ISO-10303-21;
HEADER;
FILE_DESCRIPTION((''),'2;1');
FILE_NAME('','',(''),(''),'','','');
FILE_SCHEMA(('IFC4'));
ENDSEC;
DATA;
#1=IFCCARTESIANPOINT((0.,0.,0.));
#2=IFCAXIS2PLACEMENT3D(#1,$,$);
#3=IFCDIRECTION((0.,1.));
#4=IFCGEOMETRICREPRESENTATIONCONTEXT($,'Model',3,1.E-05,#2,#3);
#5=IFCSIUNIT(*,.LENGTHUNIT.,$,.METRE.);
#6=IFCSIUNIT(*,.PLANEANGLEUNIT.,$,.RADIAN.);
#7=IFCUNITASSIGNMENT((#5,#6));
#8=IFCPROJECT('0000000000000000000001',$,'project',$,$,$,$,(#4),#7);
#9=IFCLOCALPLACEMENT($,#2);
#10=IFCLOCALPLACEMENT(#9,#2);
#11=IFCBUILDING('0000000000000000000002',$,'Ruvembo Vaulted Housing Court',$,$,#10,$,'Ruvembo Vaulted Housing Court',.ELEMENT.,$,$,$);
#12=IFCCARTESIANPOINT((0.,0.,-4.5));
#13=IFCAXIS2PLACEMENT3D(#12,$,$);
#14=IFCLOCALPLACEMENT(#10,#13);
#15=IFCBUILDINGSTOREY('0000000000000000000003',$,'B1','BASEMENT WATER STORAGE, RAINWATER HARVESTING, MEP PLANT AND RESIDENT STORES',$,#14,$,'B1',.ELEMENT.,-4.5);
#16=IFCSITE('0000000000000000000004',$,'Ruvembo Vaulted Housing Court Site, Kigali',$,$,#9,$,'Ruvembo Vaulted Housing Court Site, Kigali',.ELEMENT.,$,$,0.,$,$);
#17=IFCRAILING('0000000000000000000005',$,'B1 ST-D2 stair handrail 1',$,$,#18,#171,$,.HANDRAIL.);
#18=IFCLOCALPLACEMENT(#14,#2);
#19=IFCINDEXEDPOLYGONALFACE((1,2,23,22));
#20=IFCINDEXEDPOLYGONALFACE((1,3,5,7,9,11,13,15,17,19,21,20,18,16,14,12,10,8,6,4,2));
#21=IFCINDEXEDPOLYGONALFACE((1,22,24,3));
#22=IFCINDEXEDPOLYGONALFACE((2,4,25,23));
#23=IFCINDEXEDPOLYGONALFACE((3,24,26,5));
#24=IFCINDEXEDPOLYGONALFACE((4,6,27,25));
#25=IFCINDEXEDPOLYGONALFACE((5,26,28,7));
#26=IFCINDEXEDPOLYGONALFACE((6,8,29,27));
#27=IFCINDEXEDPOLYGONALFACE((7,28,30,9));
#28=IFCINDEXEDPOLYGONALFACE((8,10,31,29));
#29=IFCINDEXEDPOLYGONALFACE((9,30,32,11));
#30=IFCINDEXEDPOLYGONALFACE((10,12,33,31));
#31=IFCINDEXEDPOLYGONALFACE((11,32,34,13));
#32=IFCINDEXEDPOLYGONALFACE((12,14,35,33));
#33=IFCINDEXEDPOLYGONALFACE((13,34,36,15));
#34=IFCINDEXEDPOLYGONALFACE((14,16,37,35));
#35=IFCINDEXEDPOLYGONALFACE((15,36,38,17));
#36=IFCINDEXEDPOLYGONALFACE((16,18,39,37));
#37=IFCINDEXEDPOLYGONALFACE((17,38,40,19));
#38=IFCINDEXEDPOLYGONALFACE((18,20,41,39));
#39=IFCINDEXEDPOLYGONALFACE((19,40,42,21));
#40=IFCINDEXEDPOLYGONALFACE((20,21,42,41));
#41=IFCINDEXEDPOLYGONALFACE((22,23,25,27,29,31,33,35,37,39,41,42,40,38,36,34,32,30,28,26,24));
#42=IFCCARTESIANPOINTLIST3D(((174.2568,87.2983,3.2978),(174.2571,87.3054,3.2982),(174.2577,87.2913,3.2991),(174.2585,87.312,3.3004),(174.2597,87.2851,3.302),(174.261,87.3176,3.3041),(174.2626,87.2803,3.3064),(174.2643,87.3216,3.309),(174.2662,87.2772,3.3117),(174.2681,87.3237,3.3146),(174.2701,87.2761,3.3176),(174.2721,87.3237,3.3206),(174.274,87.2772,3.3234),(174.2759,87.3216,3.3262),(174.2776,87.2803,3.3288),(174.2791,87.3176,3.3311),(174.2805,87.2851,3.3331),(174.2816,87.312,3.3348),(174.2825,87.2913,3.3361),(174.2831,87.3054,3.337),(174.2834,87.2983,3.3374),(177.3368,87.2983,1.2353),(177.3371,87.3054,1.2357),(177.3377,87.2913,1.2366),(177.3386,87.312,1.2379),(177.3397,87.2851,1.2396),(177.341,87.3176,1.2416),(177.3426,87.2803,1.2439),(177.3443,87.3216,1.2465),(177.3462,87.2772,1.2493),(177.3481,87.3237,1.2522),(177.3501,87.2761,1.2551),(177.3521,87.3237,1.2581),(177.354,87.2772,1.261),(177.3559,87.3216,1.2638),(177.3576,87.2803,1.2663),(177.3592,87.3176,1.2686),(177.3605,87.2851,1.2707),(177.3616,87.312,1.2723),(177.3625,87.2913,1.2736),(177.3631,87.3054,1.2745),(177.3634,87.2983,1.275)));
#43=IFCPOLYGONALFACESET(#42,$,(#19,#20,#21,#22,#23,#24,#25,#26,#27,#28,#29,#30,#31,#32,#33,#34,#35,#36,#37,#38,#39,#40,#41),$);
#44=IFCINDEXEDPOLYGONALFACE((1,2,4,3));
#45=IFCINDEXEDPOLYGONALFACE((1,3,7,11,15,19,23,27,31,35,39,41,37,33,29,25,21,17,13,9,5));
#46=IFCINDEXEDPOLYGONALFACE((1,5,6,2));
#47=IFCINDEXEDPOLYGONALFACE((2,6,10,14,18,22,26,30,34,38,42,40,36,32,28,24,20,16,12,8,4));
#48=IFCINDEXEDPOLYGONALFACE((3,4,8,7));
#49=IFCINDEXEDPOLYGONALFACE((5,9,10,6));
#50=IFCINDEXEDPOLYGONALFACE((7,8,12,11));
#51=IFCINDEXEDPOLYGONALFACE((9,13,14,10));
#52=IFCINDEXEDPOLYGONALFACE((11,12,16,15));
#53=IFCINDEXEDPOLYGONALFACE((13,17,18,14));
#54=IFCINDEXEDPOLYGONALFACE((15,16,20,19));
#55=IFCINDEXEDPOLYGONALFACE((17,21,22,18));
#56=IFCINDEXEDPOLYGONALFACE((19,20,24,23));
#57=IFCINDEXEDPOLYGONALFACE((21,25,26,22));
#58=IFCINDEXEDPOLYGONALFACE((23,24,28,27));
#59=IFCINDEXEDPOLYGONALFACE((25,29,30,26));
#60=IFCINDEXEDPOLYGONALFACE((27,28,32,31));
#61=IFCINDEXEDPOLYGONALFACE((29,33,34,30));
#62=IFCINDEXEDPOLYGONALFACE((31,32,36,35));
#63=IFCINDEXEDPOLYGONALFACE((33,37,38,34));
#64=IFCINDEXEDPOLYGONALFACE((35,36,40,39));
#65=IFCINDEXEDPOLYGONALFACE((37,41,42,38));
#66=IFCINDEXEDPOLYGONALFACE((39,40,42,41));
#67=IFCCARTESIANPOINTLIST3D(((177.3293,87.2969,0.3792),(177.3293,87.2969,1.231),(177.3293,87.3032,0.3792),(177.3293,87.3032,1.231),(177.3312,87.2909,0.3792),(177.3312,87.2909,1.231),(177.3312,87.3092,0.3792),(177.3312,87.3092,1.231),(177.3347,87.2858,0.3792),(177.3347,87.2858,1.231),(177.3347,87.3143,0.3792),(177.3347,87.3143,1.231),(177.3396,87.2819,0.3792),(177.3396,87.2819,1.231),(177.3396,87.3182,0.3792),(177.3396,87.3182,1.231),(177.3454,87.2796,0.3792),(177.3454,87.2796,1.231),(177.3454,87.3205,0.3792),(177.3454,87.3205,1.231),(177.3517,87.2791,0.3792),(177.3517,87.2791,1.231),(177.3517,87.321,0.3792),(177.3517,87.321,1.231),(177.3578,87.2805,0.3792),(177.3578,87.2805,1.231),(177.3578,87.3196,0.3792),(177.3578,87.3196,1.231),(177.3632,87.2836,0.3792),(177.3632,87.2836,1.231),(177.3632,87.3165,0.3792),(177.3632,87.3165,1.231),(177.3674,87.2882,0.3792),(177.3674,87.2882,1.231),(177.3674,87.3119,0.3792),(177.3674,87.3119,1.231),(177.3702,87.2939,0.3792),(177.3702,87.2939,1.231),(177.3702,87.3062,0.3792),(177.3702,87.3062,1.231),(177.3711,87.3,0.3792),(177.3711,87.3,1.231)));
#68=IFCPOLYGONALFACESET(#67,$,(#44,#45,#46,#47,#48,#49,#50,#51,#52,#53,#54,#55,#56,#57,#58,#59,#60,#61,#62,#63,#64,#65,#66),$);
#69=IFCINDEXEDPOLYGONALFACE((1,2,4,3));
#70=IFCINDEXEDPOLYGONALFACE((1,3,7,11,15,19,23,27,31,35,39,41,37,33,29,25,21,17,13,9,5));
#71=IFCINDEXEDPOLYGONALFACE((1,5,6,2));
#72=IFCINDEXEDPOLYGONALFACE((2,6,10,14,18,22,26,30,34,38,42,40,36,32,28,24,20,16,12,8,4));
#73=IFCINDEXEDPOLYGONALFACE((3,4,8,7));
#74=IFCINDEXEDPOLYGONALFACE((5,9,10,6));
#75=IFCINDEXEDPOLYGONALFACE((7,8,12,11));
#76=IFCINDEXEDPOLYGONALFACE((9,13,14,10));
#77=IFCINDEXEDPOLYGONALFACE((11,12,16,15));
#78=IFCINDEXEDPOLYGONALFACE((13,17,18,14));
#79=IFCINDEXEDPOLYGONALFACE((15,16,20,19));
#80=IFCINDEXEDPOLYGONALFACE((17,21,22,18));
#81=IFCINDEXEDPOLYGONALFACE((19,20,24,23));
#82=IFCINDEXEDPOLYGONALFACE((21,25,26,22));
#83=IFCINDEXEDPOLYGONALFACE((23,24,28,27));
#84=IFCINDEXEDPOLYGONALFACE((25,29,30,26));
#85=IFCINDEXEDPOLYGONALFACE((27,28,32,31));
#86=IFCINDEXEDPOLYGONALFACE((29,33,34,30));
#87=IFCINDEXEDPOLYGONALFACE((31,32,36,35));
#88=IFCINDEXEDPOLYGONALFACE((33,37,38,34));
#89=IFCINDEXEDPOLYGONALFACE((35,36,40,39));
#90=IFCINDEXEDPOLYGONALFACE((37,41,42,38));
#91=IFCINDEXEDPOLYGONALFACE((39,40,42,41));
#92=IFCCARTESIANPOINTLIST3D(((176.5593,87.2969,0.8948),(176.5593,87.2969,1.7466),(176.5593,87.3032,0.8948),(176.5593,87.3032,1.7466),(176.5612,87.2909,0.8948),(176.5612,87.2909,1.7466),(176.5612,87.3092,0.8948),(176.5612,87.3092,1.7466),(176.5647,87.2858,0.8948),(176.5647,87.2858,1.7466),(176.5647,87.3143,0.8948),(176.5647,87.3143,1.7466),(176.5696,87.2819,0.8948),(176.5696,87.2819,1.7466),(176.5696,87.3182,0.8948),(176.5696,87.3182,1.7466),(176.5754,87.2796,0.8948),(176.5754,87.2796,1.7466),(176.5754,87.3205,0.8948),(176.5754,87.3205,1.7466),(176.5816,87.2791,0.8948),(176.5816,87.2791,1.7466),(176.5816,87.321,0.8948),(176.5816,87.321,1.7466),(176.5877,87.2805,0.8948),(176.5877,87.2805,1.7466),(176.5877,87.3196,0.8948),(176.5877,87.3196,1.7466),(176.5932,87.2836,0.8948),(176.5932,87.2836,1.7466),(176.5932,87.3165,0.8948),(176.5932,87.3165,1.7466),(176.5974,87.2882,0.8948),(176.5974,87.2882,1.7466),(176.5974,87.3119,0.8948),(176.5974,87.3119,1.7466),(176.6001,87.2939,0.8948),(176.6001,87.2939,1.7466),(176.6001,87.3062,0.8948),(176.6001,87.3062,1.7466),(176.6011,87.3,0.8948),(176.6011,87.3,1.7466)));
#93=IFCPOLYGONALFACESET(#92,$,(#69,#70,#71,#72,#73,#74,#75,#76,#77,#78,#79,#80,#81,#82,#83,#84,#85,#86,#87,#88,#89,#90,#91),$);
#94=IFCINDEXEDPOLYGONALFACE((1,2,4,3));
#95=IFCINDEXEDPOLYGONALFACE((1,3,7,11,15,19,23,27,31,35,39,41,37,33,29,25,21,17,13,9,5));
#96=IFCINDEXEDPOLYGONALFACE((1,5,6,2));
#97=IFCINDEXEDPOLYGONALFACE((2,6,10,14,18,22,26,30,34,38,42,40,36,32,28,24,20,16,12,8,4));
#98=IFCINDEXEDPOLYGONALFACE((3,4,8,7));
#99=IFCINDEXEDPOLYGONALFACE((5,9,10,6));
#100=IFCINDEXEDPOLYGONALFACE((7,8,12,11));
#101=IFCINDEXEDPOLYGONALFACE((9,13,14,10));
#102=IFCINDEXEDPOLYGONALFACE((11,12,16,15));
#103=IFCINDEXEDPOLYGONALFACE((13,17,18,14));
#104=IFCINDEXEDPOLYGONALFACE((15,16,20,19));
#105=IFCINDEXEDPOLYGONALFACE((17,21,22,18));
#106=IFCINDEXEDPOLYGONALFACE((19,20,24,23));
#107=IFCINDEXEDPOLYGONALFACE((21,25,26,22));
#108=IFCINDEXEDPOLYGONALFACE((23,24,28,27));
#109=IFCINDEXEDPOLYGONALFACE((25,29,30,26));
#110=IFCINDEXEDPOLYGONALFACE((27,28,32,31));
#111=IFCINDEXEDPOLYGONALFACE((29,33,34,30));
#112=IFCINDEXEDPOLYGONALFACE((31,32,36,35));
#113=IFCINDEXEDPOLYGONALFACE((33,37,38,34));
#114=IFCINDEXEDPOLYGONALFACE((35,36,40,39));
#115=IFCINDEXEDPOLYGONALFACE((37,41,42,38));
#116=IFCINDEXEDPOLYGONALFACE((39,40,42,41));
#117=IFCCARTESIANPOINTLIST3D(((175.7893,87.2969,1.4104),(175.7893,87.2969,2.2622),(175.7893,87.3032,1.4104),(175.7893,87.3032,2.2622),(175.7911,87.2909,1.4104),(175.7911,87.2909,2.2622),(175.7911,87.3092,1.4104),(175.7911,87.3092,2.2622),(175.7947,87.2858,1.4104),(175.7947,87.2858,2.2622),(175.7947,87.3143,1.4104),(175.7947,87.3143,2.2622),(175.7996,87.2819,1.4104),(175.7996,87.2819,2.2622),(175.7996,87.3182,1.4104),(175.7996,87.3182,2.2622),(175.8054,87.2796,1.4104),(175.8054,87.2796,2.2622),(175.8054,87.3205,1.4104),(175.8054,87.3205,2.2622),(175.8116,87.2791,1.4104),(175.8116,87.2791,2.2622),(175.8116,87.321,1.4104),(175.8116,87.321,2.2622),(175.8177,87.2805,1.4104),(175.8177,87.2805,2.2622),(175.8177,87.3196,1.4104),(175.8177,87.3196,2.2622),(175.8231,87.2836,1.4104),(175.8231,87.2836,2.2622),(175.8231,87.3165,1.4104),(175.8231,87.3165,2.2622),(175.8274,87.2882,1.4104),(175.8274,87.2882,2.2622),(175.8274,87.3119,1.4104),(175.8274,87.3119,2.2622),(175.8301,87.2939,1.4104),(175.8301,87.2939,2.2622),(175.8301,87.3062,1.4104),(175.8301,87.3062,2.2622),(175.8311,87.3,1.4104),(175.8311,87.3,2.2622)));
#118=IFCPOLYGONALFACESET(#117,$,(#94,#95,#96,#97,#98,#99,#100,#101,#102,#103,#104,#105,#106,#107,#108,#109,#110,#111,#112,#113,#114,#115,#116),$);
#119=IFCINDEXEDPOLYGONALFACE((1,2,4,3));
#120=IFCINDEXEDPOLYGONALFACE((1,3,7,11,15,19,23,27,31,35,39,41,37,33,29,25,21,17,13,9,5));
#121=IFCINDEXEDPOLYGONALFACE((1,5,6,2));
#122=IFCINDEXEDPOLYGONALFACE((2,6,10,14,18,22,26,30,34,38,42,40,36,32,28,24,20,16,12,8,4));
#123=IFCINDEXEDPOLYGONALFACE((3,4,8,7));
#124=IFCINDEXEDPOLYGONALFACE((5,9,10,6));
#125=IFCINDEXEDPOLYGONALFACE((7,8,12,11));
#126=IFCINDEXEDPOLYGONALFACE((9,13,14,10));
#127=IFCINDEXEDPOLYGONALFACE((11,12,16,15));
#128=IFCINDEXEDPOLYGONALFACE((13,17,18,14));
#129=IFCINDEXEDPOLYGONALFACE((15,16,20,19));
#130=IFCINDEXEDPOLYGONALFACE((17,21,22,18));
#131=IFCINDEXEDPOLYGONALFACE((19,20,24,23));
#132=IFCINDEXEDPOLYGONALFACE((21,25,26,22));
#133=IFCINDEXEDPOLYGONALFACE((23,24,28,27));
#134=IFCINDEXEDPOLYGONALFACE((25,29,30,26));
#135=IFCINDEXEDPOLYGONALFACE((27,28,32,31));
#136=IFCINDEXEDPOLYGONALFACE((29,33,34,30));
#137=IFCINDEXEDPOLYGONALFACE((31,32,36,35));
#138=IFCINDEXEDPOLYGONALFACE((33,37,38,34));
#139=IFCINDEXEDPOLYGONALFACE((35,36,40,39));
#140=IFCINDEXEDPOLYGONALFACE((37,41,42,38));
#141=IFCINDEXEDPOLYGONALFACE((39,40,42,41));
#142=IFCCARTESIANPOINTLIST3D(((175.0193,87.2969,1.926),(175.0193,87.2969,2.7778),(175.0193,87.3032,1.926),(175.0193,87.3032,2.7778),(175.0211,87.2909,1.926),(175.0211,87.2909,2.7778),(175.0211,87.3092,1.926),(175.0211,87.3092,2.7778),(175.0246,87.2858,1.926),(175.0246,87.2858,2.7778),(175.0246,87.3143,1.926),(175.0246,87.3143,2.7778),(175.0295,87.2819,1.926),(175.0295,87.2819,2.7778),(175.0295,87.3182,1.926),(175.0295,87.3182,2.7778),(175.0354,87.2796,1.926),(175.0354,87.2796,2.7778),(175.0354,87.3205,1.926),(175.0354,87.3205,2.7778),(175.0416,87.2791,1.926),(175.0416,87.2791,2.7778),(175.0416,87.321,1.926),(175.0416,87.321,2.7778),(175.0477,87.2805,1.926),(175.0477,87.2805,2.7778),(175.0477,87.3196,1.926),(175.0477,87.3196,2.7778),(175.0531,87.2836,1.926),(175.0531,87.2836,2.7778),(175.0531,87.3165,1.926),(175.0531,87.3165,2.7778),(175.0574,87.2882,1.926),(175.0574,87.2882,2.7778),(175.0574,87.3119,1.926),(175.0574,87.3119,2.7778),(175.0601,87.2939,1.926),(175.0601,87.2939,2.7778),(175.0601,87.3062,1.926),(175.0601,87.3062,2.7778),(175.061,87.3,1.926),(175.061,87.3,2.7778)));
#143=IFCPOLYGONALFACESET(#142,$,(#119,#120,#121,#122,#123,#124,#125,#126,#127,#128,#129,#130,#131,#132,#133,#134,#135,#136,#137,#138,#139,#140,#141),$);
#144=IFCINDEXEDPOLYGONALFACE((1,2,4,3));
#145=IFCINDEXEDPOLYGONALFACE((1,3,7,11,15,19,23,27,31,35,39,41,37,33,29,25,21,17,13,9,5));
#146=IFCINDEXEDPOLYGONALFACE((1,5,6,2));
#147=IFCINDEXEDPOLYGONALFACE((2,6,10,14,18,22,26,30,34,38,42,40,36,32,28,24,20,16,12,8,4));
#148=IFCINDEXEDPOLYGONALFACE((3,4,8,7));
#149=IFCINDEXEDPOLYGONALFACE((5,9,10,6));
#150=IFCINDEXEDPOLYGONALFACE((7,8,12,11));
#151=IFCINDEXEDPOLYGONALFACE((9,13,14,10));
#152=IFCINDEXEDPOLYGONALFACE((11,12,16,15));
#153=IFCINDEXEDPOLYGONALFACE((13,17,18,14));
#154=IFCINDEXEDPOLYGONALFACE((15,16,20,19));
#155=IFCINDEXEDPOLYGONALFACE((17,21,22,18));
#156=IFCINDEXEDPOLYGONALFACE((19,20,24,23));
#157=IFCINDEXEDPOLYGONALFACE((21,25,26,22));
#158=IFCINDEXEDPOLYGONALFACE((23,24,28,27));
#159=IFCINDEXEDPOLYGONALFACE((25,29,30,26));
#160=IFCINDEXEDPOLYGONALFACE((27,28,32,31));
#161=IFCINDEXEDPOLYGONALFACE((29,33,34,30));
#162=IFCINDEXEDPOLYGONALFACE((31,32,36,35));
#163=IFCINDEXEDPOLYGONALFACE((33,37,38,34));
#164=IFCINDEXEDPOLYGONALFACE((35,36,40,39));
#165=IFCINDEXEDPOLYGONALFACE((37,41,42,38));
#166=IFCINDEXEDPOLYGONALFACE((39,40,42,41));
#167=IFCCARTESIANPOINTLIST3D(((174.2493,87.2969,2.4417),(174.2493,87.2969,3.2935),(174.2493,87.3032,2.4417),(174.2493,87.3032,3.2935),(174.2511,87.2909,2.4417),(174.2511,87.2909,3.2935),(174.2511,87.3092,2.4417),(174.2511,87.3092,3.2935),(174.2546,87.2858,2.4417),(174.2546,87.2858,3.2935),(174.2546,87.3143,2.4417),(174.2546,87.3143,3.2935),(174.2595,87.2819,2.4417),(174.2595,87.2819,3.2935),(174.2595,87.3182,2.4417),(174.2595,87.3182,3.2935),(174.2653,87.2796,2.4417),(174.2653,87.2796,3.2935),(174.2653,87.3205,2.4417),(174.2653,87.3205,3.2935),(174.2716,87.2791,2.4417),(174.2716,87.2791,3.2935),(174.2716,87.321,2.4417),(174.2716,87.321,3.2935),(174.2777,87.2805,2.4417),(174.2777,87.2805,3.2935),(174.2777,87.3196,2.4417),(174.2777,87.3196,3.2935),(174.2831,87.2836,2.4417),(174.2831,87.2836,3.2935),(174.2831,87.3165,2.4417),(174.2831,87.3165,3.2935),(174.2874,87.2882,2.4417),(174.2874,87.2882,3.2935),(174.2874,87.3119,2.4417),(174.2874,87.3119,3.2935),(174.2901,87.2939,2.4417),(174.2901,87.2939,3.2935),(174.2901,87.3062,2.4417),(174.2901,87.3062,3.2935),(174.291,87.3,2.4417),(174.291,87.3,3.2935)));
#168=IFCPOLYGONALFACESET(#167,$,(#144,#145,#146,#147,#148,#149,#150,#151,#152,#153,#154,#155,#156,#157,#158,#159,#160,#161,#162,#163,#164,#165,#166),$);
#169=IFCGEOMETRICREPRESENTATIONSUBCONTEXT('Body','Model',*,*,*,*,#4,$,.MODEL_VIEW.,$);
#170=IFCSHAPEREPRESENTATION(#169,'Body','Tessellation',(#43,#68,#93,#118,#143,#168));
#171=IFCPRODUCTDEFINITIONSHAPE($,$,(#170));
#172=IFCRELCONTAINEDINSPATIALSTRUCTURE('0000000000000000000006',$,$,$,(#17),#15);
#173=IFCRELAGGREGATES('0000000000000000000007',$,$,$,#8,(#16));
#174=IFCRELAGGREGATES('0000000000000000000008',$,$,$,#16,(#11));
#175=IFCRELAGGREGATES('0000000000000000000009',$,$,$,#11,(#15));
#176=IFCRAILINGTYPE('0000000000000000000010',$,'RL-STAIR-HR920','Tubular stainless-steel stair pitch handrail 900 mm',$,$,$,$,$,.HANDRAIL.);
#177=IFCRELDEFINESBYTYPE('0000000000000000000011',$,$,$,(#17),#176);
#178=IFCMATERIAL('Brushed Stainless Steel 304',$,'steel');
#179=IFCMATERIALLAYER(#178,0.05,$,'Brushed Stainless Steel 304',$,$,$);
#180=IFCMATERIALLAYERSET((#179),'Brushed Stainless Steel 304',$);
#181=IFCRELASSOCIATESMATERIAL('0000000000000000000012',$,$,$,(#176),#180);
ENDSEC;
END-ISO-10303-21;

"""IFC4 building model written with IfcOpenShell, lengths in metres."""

from ifc_helpers import new_model, si_unit, direction, frame, origin, origin_2d, place, context, subcontext, project, spatial, circle, extrude, material, layer, layer_set, type_object, element, save


model = new_model("IFC4")

# Units and contexts
model_context = context("Model", 3, precision=1e-05, world=origin(), true_north=direction((0.0, 1.0)))
body_context = subcontext(model_context, "Body", "Model", "MODEL_VIEW")
ifc_project = project(units=[si_unit("LENGTHUNIT", "METRE"), si_unit("PLANEANGLEUNIT", "RADIAN")], contexts=[model_context])

# Site, building, storey
site_placement = place(None, origin())
site = spatial("IfcSite", under=ifc_project, at=site_placement, Name="Ruvembo Vaulted Housing Court Site, Kigali", LongName="Ruvembo Vaulted Housing Court Site, Kigali", CompositionType="ELEMENT", RefElevation=0.0)
building_placement = place(site_placement, origin())
building = spatial("IfcBuilding", under=site, at=building_placement, Name="Ruvembo Vaulted Housing Court", LongName="Ruvembo Vaulted Housing Court", CompositionType="ELEMENT")
storey_placement = place(building_placement, frame((0.0, 0.0, -4.5)))
storey = spatial("IfcBuildingStorey", under=building, at=storey_placement, Name="B1", Description="BASEMENT WATER STORAGE, RAINWATER HARVESTING, MEP PLANT AND RESIDENT STORES", LongName="B1", CompositionType="ELEMENT", Elevation=-4.5)

# Railing
ifc_material_1 = material(Name="Brushed Stainless Steel 304", Category="steel")
ifc_layer_1 = layer(ifc_material_1, 0.05, Name="Brushed Stainless Steel 304")
ifc_layer_set_1 = layer_set([ifc_layer_1], Name="Brushed Stainless Steel 304")
railing_type_1 = type_object("IfcRailingType", Name="RL-STAIR-HR920", Description="Tubular stainless-steel stair pitch handrail 900 mm", PredefinedType="HANDRAIL", material=ifc_layer_set_1)
railing_1_placement = place(storey_placement, frame((177.3501, 87.3, 0.3792)))
element("IfcRailing", 1, at=railing_1_placement, inside=storey, type_object=railing_type_1, Name="B1 ST-D2 stair handrail 1", PredefinedType="HANDRAIL", context=body_context, shape_type="SweptSolid", body=[
    extrude(circle(Radius=0.0239, at=origin_2d()), frame((0.0, 0.0, 0.876), z_axis=(-0.830914, 0.0, 0.556401), x_axis=(0.0, -1.0, 0.0)), (0.0, 0.0, 1.0), 3.7068),
    extrude(circle(Radius=0.021, at=origin_2d()), origin(), (0.0, 0.0, 1.0), 0.8518),
    extrude(circle(Radius=0.021, at=origin_2d()), frame((-0.77, 0.0, 0.5156)), (0.0, 0.0, 1.0), 0.8518),
    extrude(circle(Radius=0.021, at=origin_2d()), frame((-1.54, 0.0, 1.0312)), (0.0, 0.0, 1.0), 0.8518),
    extrude(circle(Radius=0.021, at=origin_2d()), frame((-2.3101, 0.0, 1.5469)), (0.0, 0.0, 1.0), 0.8518),
    extrude(circle(Radius=0.021, at=origin_2d()), frame((-3.0801, 0.0, 2.0625)), (0.0, 0.0, 1.0), 0.8518),
])

save(model, "model.ifc")
